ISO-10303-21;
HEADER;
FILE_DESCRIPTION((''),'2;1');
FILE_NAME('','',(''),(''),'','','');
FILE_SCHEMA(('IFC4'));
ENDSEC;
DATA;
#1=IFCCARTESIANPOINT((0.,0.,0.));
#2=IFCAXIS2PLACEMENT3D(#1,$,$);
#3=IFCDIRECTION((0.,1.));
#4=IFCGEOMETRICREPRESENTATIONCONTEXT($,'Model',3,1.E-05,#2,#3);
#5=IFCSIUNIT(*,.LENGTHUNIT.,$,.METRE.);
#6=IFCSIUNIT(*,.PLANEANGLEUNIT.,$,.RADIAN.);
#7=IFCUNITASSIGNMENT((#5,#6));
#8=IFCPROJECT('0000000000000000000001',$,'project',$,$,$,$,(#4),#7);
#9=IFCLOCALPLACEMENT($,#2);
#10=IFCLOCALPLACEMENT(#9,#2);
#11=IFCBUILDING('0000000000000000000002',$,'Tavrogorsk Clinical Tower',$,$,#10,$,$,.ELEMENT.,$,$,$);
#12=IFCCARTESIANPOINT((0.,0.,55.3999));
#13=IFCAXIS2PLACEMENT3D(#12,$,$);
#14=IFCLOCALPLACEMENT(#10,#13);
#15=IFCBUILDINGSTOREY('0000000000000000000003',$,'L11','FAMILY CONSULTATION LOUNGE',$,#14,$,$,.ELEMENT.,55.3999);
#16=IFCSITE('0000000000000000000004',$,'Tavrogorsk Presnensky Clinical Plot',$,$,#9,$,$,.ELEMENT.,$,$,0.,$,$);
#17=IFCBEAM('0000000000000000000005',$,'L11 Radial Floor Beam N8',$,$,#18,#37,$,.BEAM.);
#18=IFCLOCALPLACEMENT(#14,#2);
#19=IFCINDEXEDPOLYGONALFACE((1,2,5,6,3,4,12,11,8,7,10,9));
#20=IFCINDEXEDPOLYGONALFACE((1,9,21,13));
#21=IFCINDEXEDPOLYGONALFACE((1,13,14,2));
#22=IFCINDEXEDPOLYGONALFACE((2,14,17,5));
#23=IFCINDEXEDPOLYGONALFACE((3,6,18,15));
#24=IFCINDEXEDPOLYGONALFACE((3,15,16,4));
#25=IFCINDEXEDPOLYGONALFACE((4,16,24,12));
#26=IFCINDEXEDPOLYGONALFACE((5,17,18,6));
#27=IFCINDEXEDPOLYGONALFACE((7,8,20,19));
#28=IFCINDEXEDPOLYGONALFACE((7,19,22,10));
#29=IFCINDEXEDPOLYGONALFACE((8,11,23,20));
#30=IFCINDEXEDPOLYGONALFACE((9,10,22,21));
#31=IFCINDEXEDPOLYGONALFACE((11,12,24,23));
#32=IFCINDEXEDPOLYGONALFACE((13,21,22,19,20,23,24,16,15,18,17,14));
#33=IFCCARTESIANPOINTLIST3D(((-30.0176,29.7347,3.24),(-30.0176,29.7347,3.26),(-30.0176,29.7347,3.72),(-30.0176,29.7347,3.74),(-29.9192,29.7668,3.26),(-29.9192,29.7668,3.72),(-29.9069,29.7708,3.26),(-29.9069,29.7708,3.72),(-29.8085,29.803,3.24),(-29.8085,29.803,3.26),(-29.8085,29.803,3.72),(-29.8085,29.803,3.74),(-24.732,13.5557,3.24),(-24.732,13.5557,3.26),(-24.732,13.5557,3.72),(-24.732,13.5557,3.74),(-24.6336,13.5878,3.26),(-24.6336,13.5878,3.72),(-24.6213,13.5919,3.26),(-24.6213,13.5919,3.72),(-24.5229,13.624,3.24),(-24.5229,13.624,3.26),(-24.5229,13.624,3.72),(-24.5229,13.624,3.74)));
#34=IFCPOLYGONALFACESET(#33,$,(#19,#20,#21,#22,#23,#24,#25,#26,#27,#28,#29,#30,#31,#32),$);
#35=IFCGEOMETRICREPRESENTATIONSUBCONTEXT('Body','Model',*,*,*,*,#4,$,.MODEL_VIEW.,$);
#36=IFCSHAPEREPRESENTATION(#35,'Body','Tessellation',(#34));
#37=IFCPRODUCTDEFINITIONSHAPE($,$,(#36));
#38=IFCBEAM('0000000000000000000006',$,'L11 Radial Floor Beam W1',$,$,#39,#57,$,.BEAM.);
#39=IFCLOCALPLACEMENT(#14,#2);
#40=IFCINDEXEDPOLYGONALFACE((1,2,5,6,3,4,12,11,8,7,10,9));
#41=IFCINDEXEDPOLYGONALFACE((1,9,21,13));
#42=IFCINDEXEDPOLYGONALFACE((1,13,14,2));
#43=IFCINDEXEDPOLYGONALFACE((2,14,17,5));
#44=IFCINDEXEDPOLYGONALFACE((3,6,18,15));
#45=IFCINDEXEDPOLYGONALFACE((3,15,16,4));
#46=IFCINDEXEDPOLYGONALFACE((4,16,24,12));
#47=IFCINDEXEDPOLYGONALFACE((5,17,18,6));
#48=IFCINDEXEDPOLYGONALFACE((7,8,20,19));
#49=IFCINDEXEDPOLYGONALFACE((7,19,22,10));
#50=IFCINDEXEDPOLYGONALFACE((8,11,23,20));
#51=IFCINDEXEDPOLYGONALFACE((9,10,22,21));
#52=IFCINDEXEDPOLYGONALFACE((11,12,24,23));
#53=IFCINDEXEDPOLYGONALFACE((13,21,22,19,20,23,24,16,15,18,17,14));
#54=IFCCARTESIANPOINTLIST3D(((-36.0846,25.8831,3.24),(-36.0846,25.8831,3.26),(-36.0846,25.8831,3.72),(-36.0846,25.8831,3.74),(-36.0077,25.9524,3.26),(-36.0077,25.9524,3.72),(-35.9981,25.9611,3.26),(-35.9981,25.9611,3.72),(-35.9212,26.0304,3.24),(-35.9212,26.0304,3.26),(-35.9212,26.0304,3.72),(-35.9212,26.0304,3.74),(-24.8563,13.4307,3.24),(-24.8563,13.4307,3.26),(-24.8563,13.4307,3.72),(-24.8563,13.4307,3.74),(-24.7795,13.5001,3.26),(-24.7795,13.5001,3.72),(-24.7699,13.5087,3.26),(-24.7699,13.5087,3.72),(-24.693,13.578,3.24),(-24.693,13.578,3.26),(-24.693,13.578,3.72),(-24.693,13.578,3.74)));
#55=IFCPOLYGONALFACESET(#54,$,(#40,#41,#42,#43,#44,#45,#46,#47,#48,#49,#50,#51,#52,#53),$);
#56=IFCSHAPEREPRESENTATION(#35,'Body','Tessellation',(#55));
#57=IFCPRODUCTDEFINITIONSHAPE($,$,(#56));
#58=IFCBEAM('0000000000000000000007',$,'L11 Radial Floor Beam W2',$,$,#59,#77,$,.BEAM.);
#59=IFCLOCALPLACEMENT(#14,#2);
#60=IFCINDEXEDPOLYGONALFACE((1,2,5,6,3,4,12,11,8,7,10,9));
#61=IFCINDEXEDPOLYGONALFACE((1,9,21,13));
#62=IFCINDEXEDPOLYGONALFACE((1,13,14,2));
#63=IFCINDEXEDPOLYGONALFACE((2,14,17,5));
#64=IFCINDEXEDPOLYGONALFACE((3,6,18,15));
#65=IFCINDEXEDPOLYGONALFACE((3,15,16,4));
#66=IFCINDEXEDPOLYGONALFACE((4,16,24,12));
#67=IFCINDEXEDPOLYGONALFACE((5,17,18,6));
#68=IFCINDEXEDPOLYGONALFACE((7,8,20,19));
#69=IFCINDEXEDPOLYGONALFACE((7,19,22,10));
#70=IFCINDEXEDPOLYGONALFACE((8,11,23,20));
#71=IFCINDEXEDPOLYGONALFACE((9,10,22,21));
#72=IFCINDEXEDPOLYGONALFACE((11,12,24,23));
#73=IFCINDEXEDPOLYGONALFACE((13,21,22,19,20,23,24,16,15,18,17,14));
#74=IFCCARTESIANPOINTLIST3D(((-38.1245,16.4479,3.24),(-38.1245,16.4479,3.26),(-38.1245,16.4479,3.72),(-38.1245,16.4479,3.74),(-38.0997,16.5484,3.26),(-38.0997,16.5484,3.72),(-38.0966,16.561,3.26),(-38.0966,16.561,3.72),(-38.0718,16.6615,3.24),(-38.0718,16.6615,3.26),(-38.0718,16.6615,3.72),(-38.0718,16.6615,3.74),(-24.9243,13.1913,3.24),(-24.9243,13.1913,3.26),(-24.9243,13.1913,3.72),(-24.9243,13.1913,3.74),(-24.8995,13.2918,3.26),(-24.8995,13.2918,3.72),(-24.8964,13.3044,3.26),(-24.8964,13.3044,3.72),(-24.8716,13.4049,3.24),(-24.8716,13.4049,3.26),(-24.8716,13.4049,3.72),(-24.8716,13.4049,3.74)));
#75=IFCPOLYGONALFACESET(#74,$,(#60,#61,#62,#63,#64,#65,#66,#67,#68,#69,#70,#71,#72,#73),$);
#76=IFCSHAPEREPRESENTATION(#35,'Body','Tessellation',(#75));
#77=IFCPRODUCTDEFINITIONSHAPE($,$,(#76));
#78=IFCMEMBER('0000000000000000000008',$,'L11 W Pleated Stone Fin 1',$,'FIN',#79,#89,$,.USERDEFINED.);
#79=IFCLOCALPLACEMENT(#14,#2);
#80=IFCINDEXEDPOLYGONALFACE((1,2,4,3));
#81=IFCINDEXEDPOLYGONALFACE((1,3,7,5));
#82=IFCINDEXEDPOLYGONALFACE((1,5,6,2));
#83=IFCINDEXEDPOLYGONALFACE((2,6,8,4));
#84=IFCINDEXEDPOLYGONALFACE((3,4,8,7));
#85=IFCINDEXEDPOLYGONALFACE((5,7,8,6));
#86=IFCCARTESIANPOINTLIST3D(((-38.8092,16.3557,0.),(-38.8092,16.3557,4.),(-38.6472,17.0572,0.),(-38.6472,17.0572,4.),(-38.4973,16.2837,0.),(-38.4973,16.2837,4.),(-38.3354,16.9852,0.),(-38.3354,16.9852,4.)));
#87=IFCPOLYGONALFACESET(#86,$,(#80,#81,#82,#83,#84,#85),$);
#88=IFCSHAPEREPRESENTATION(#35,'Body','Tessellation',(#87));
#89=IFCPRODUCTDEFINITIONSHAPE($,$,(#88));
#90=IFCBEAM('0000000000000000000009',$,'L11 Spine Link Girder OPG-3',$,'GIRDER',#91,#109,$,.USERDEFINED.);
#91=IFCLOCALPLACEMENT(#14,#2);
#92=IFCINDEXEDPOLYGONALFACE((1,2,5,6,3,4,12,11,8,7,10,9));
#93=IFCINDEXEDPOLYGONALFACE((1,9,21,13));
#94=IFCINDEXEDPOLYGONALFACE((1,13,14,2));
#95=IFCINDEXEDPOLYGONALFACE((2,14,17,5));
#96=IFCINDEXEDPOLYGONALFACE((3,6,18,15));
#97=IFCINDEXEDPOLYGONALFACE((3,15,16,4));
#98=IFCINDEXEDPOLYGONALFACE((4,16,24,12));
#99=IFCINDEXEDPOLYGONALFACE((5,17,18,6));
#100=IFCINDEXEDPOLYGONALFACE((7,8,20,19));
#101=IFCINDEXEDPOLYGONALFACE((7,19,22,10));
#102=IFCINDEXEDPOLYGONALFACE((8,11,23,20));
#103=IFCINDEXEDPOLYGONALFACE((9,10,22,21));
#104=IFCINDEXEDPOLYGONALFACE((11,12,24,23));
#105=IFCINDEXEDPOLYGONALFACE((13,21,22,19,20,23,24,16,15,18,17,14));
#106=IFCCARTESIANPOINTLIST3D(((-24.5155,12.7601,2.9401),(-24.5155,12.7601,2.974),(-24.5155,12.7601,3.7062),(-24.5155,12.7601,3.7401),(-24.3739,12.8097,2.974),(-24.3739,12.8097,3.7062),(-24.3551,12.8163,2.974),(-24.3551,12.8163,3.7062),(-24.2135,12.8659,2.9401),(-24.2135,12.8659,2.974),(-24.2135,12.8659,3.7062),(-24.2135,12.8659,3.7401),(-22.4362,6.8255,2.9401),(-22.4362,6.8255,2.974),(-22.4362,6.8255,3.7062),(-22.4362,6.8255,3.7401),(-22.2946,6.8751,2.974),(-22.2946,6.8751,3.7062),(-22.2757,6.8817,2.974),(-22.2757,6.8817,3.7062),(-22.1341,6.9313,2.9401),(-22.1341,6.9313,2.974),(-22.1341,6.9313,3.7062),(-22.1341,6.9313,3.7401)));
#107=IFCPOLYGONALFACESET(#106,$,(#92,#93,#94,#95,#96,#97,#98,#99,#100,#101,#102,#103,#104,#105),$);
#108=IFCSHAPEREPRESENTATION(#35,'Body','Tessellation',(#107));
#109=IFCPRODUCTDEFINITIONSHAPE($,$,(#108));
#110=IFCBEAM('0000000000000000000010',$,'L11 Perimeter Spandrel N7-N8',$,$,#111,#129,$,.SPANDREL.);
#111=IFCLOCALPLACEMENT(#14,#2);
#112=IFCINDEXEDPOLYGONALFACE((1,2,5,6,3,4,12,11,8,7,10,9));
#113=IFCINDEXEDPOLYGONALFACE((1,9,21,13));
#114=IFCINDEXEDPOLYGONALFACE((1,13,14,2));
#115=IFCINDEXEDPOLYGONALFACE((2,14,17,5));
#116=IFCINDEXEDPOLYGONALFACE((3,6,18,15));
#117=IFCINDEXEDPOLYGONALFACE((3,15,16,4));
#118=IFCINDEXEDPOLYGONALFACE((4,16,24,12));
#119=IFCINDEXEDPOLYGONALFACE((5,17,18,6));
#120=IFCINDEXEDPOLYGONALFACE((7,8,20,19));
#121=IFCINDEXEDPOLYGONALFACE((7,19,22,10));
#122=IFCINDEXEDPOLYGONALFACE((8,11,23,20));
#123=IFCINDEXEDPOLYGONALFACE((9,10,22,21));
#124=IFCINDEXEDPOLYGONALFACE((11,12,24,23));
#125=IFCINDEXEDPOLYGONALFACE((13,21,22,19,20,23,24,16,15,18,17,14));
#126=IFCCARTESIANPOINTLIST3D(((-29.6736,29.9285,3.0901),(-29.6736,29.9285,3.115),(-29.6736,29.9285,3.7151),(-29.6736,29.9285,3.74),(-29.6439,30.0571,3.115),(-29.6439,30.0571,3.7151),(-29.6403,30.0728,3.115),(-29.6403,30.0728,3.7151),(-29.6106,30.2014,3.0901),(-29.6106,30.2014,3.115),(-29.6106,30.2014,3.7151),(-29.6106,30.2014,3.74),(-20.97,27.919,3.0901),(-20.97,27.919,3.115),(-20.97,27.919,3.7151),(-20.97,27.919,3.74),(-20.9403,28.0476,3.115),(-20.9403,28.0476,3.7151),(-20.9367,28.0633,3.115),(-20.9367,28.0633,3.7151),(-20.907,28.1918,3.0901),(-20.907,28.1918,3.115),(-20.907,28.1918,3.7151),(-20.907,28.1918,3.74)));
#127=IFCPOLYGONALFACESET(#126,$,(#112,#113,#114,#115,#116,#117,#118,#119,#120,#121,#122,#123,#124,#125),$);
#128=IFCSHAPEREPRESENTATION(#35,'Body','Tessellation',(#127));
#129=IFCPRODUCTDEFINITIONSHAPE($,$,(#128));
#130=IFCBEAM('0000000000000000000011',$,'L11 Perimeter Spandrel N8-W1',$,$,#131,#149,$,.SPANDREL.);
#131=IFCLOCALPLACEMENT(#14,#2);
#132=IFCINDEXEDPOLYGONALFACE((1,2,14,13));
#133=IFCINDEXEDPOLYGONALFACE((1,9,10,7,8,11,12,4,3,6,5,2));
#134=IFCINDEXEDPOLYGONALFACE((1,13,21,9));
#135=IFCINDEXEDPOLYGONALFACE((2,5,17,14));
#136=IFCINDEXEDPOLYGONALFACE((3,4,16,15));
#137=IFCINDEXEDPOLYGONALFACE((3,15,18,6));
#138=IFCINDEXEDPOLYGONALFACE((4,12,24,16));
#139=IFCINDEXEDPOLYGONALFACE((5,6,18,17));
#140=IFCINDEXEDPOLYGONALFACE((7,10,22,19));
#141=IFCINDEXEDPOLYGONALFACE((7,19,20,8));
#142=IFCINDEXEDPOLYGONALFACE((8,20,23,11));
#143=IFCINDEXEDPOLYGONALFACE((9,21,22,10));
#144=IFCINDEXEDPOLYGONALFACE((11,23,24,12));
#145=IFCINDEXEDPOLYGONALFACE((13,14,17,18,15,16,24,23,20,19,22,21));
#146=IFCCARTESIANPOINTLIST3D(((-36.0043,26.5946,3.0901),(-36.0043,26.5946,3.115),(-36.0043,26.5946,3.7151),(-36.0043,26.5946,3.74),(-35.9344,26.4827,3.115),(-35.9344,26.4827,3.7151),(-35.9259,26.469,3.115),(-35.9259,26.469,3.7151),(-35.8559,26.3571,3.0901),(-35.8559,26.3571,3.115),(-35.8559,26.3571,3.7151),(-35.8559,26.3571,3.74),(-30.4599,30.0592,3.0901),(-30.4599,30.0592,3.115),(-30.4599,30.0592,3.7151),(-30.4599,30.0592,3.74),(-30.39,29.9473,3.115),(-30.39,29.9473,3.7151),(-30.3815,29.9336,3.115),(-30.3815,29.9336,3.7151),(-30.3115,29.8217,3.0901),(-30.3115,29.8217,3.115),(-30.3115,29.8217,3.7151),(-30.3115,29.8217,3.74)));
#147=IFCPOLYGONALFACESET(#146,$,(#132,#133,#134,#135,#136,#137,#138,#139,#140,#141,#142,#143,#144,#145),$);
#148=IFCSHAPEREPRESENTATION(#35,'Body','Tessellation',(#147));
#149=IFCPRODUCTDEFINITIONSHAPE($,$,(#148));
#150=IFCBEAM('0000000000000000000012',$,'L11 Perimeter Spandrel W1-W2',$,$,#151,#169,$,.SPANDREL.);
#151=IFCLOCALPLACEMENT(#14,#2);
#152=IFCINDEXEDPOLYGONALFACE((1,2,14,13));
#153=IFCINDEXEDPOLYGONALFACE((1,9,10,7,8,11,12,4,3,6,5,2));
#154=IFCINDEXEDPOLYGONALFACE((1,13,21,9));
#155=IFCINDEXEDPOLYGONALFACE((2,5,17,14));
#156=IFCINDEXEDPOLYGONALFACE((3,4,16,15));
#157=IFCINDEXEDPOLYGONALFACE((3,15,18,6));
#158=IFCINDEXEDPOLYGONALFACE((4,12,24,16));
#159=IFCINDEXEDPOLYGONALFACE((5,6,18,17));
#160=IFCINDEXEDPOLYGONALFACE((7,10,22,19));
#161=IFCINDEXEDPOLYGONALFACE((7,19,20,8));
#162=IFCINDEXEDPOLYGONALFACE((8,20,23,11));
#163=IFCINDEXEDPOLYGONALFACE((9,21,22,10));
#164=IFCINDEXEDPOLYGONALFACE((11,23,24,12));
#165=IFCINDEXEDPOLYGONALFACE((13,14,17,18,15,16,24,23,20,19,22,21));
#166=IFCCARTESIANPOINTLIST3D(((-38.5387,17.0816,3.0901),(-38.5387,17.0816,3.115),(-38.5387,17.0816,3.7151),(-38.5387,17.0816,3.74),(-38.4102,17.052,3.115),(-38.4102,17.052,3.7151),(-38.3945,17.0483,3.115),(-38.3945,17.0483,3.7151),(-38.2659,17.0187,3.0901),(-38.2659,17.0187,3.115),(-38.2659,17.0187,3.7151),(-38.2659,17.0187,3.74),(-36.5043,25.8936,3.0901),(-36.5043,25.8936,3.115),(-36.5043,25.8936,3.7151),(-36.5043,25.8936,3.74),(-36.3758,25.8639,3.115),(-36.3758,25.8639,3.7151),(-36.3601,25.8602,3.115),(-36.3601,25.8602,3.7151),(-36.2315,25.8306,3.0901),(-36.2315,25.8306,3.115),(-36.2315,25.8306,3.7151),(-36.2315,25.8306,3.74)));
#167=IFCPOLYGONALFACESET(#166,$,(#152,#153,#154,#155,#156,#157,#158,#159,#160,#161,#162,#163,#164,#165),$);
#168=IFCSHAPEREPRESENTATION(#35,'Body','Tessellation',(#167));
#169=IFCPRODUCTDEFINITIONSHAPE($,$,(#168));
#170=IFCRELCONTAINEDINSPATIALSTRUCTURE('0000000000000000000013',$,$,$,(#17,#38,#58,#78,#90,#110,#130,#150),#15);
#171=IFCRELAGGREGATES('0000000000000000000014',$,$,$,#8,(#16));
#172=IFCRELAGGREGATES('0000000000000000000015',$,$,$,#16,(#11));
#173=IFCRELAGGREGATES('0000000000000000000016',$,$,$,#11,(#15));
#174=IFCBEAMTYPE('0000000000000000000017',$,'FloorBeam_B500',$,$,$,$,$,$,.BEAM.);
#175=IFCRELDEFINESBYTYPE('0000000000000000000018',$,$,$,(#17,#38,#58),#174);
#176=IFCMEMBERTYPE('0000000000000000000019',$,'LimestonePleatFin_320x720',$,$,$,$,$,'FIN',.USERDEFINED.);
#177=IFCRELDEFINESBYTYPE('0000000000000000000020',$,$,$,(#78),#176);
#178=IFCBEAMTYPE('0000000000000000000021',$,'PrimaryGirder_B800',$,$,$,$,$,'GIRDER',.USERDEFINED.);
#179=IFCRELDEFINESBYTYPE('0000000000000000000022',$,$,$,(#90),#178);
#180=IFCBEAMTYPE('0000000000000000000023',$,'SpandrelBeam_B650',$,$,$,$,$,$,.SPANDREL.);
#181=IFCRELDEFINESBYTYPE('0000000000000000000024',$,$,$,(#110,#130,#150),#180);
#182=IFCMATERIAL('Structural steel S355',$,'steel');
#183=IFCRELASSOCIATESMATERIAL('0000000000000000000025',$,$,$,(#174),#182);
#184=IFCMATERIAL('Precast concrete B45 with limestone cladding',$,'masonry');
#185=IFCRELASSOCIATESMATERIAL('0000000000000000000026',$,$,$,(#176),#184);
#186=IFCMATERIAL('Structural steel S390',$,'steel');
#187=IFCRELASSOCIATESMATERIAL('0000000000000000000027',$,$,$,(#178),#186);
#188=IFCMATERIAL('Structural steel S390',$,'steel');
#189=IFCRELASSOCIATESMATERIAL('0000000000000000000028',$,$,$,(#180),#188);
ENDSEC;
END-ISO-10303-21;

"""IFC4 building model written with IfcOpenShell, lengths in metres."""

from ifc_helpers import new_model, si_unit, direction, frame, origin, origin_2d, place, context, subcontext, project, spatial, rectangle, i_section, extrude, material, material_profile, profile_set, type_object, element, save


model = new_model("IFC4")

# Units and contexts
model_context = context("Model", 3, precision=1e-05, world=origin(), true_north=direction((0.0, 1.0)))
body_context = subcontext(model_context, "Body", "Model", "MODEL_VIEW")
ifc_project = project(units=[si_unit("LENGTHUNIT", "METRE"), si_unit("PLANEANGLEUNIT", "RADIAN")], contexts=[model_context])

# Site, building, storey
site_placement = place(None, origin())
site = spatial("IfcSite", under=ifc_project, at=site_placement, Name="Tavrogorsk Presnensky Clinical Plot", CompositionType="ELEMENT", RefElevation=0.0)
building_placement = place(site_placement, origin())
building = spatial("IfcBuilding", under=site, at=building_placement, Name="Tavrogorsk Clinical Tower", CompositionType="ELEMENT")
storey_placement = place(building_placement, frame((0.0, 0.0, 55.3999)))
storey = spatial("IfcBuildingStorey", under=building, at=storey_placement, Name="L11", Description="FAMILY CONSULTATION LOUNGE", CompositionType="ELEMENT", Elevation=55.3999)

# Beams
ifc_material_1 = material(Name="Structural steel S355", Category="steel")
ifc_material_profile_1 = material_profile(ifc_material_1, i_section(OverallWidth=0.22, OverallDepth=0.5, WebThickness=0.0129, FlangeThickness=0.02, at=origin_2d()), Name="B-500x220x13x20")
ifc_profile_set_1 = profile_set([ifc_material_profile_1], Name="Structural steel S355")
beam_type_1 = type_object("IfcBeamType", Name="FloorBeam_B500", PredefinedType="BEAM", material=ifc_profile_set_1)
beam_1_placement = place(storey_placement, frame((-24.6274, 13.5898, 3.49), z_axis=(-0.310546, 0.950558, 0.0), x_axis=(-0.950558, -0.310546, 0.0)))
element("IfcBeam", 1, at=beam_1_placement, inside=storey, type_object=beam_type_1, Name="L11 Radial Floor Beam N8", PredefinedType="BEAM", context=body_context, shape_type="SweptSolid", body=[
    extrude(i_section(OverallWidth=0.22, OverallDepth=0.5, WebThickness=0.0129, FlangeThickness=0.02, at=origin_2d()), origin(), (0.0, 0.0, 1.0), 17.0205),
])
beam_2_placement = place(storey_placement, frame((-24.7747, 13.5044, 3.49), z_axis=(-0.66966, 0.742668, 0.0), x_axis=(-0.742668, -0.66966, 0.0)))
element("IfcBeam", 2, at=beam_2_placement, inside=storey, type_object=beam_type_1, Name="L11 Radial Floor Beam W1", PredefinedType="BEAM", context=body_context, shape_type="SweptSolid", body=[
    extrude(i_section(OverallWidth=0.22, OverallDepth=0.5, WebThickness=0.0129, FlangeThickness=0.02, at=origin_2d()), origin(), (0.0, 0.0, 1.0), 16.7671),
])
beam_3_placement = place(storey_placement, frame((-24.8979, 13.2981, 3.49), z_axis=(-0.97089, 0.239526, 0.0), x_axis=(-0.239526, -0.97089, 0.0)))
element("IfcBeam", 3, at=beam_3_placement, inside=storey, type_object=beam_type_1, Name="L11 Radial Floor Beam W2", PredefinedType="BEAM", context=body_context, shape_type="SweptSolid", body=[
    extrude(i_section(OverallWidth=0.22, OverallDepth=0.5, WebThickness=0.0129, FlangeThickness=0.02, at=origin_2d()), origin(), (0.0, 0.0, 1.0), 13.5959),
])

# Member
ifc_material_2 = material(Name="Precast concrete B45 with limestone cladding", Category="masonry")
ifc_material_profile_2 = material_profile(ifc_material_2, rectangle(XDim=0.3201, YDim=0.72, at=origin_2d()), Name="LIMESTONE-FIN-320x720")
ifc_profile_set_2 = profile_set([ifc_material_profile_2], Name="Precast concrete B45 with limestone cladding")
member_type_1 = type_object("IfcMemberType", Name="LimestonePleatFin_320x720", ElementType="FIN", PredefinedType="USERDEFINED", material=ifc_profile_set_2)
member_1_placement = place(storey_placement, frame((-38.5723, 16.6704, 0.0), z_axis=(0.0, 0.0, 1.0), x_axis=(0.97437, -0.224951, 0.0)))
element("IfcMember", 4, at=member_1_placement, inside=storey, type_object=member_type_1, Name="L11 W Pleated Stone Fin 1", ObjectType="FIN", PredefinedType="USERDEFINED", context=body_context, shape_type="SweptSolid", body=[
    extrude(rectangle(XDim=0.3201, YDim=0.72, at=origin_2d()), origin(), (0.0, 0.0, 1.0), 4.0),
])

# Beams
ifc_material_3 = material(Name="Structural steel S390", Category="steel")
ifc_material_profile_3 = material_profile(ifc_material_3, i_section(OverallWidth=0.3201, OverallDepth=0.8, WebThickness=0.02, FlangeThickness=0.0339, at=origin_2d()), Name="B-800x320x20x34")
ifc_profile_set_3 = profile_set([ifc_material_profile_3], Name="Structural steel S390")
beam_type_2 = type_object("IfcBeamType", Name="PrimaryGirder_B800", ElementType="GIRDER", PredefinedType="USERDEFINED", material=ifc_profile_set_3)
beam_4_placement = place(storey_placement, frame((-24.3645, 12.813, 3.3401), z_axis=(0.330669, -0.943747, 0.0), x_axis=(0.943747, 0.330669, 0.0)))
element("IfcBeam", 5, at=beam_4_placement, inside=storey, type_object=beam_type_2, Name="L11 Spine Link Girder OPG-3", ObjectType="GIRDER", PredefinedType="USERDEFINED", context=body_context, shape_type="SweptSolid", body=[
    extrude(i_section(OverallWidth=0.3201, OverallDepth=0.8, WebThickness=0.02, FlangeThickness=0.0339, at=origin_2d()), origin(), (0.0, 0.0, 1.0), 6.2883),
])
ifc_material_4 = material(Name="Structural steel S390", Category="steel")
ifc_material_profile_4 = material_profile(ifc_material_4, i_section(OverallWidth=0.28, OverallDepth=0.6499, WebThickness=0.0161, FlangeThickness=0.0249, at=origin_2d()), Name="B-650x280x16x25")
ifc_profile_set_4 = profile_set([ifc_material_profile_4], Name="Structural steel S390")
beam_type_3 = type_object("IfcBeamType", Name="SpandrelBeam_B650", PredefinedType="SPANDREL", material=ifc_profile_set_4)
beam_5_placement = place(storey_placement, frame((-20.9385, 28.0554, 3.415), z_axis=(-0.974367, 0.224965, 0.0), x_axis=(-0.224965, -0.974367, 0.0)))
element("IfcBeam", 6, at=beam_5_placement, inside=storey, type_object=beam_type_3, Name="L11 Perimeter Spandrel N7-N8", PredefinedType="SPANDREL", context=body_context, shape_type="SweptSolid", body=[
    extrude(i_section(OverallWidth=0.28, OverallDepth=0.6499, WebThickness=0.0161, FlangeThickness=0.0249, at=origin_2d()), origin(), (0.0, 0.0, 1.0), 8.9326),
])
beam_6_placement = place(storey_placement, frame((-30.3857, 29.9404, 3.415), z_axis=(-0.848044, -0.529925, 0.0), x_axis=(0.529925, -0.848044, 0.0)))
element("IfcBeam", 7, at=beam_6_placement, inside=storey, type_object=beam_type_3, Name="L11 Perimeter Spandrel N8-W1", PredefinedType="SPANDREL", context=body_context, shape_type="SweptSolid", body=[
    extrude(i_section(OverallWidth=0.28, OverallDepth=0.6499, WebThickness=0.0161, FlangeThickness=0.0249, at=origin_2d()), origin(), (0.0, 0.0, 1.0), 6.5378),
])
beam_7_placement = place(storey_placement, frame((-36.3679, 25.8621, 3.415), z_axis=(-0.224952, -0.97437, 0.0), x_axis=(0.97437, -0.224952, 0.0)))
element("IfcBeam", 8, at=beam_7_placement, inside=storey, type_object=beam_type_3, Name="L11 Perimeter Spandrel W1-W2", PredefinedType="SPANDREL", context=body_context, shape_type="SweptSolid", body=[
    extrude(i_section(OverallWidth=0.28, OverallDepth=0.6499, WebThickness=0.0161, FlangeThickness=0.0249, at=origin_2d()), origin(), (0.0, 0.0, 1.0), 9.0437),
])

save(model, "model.ifc")
